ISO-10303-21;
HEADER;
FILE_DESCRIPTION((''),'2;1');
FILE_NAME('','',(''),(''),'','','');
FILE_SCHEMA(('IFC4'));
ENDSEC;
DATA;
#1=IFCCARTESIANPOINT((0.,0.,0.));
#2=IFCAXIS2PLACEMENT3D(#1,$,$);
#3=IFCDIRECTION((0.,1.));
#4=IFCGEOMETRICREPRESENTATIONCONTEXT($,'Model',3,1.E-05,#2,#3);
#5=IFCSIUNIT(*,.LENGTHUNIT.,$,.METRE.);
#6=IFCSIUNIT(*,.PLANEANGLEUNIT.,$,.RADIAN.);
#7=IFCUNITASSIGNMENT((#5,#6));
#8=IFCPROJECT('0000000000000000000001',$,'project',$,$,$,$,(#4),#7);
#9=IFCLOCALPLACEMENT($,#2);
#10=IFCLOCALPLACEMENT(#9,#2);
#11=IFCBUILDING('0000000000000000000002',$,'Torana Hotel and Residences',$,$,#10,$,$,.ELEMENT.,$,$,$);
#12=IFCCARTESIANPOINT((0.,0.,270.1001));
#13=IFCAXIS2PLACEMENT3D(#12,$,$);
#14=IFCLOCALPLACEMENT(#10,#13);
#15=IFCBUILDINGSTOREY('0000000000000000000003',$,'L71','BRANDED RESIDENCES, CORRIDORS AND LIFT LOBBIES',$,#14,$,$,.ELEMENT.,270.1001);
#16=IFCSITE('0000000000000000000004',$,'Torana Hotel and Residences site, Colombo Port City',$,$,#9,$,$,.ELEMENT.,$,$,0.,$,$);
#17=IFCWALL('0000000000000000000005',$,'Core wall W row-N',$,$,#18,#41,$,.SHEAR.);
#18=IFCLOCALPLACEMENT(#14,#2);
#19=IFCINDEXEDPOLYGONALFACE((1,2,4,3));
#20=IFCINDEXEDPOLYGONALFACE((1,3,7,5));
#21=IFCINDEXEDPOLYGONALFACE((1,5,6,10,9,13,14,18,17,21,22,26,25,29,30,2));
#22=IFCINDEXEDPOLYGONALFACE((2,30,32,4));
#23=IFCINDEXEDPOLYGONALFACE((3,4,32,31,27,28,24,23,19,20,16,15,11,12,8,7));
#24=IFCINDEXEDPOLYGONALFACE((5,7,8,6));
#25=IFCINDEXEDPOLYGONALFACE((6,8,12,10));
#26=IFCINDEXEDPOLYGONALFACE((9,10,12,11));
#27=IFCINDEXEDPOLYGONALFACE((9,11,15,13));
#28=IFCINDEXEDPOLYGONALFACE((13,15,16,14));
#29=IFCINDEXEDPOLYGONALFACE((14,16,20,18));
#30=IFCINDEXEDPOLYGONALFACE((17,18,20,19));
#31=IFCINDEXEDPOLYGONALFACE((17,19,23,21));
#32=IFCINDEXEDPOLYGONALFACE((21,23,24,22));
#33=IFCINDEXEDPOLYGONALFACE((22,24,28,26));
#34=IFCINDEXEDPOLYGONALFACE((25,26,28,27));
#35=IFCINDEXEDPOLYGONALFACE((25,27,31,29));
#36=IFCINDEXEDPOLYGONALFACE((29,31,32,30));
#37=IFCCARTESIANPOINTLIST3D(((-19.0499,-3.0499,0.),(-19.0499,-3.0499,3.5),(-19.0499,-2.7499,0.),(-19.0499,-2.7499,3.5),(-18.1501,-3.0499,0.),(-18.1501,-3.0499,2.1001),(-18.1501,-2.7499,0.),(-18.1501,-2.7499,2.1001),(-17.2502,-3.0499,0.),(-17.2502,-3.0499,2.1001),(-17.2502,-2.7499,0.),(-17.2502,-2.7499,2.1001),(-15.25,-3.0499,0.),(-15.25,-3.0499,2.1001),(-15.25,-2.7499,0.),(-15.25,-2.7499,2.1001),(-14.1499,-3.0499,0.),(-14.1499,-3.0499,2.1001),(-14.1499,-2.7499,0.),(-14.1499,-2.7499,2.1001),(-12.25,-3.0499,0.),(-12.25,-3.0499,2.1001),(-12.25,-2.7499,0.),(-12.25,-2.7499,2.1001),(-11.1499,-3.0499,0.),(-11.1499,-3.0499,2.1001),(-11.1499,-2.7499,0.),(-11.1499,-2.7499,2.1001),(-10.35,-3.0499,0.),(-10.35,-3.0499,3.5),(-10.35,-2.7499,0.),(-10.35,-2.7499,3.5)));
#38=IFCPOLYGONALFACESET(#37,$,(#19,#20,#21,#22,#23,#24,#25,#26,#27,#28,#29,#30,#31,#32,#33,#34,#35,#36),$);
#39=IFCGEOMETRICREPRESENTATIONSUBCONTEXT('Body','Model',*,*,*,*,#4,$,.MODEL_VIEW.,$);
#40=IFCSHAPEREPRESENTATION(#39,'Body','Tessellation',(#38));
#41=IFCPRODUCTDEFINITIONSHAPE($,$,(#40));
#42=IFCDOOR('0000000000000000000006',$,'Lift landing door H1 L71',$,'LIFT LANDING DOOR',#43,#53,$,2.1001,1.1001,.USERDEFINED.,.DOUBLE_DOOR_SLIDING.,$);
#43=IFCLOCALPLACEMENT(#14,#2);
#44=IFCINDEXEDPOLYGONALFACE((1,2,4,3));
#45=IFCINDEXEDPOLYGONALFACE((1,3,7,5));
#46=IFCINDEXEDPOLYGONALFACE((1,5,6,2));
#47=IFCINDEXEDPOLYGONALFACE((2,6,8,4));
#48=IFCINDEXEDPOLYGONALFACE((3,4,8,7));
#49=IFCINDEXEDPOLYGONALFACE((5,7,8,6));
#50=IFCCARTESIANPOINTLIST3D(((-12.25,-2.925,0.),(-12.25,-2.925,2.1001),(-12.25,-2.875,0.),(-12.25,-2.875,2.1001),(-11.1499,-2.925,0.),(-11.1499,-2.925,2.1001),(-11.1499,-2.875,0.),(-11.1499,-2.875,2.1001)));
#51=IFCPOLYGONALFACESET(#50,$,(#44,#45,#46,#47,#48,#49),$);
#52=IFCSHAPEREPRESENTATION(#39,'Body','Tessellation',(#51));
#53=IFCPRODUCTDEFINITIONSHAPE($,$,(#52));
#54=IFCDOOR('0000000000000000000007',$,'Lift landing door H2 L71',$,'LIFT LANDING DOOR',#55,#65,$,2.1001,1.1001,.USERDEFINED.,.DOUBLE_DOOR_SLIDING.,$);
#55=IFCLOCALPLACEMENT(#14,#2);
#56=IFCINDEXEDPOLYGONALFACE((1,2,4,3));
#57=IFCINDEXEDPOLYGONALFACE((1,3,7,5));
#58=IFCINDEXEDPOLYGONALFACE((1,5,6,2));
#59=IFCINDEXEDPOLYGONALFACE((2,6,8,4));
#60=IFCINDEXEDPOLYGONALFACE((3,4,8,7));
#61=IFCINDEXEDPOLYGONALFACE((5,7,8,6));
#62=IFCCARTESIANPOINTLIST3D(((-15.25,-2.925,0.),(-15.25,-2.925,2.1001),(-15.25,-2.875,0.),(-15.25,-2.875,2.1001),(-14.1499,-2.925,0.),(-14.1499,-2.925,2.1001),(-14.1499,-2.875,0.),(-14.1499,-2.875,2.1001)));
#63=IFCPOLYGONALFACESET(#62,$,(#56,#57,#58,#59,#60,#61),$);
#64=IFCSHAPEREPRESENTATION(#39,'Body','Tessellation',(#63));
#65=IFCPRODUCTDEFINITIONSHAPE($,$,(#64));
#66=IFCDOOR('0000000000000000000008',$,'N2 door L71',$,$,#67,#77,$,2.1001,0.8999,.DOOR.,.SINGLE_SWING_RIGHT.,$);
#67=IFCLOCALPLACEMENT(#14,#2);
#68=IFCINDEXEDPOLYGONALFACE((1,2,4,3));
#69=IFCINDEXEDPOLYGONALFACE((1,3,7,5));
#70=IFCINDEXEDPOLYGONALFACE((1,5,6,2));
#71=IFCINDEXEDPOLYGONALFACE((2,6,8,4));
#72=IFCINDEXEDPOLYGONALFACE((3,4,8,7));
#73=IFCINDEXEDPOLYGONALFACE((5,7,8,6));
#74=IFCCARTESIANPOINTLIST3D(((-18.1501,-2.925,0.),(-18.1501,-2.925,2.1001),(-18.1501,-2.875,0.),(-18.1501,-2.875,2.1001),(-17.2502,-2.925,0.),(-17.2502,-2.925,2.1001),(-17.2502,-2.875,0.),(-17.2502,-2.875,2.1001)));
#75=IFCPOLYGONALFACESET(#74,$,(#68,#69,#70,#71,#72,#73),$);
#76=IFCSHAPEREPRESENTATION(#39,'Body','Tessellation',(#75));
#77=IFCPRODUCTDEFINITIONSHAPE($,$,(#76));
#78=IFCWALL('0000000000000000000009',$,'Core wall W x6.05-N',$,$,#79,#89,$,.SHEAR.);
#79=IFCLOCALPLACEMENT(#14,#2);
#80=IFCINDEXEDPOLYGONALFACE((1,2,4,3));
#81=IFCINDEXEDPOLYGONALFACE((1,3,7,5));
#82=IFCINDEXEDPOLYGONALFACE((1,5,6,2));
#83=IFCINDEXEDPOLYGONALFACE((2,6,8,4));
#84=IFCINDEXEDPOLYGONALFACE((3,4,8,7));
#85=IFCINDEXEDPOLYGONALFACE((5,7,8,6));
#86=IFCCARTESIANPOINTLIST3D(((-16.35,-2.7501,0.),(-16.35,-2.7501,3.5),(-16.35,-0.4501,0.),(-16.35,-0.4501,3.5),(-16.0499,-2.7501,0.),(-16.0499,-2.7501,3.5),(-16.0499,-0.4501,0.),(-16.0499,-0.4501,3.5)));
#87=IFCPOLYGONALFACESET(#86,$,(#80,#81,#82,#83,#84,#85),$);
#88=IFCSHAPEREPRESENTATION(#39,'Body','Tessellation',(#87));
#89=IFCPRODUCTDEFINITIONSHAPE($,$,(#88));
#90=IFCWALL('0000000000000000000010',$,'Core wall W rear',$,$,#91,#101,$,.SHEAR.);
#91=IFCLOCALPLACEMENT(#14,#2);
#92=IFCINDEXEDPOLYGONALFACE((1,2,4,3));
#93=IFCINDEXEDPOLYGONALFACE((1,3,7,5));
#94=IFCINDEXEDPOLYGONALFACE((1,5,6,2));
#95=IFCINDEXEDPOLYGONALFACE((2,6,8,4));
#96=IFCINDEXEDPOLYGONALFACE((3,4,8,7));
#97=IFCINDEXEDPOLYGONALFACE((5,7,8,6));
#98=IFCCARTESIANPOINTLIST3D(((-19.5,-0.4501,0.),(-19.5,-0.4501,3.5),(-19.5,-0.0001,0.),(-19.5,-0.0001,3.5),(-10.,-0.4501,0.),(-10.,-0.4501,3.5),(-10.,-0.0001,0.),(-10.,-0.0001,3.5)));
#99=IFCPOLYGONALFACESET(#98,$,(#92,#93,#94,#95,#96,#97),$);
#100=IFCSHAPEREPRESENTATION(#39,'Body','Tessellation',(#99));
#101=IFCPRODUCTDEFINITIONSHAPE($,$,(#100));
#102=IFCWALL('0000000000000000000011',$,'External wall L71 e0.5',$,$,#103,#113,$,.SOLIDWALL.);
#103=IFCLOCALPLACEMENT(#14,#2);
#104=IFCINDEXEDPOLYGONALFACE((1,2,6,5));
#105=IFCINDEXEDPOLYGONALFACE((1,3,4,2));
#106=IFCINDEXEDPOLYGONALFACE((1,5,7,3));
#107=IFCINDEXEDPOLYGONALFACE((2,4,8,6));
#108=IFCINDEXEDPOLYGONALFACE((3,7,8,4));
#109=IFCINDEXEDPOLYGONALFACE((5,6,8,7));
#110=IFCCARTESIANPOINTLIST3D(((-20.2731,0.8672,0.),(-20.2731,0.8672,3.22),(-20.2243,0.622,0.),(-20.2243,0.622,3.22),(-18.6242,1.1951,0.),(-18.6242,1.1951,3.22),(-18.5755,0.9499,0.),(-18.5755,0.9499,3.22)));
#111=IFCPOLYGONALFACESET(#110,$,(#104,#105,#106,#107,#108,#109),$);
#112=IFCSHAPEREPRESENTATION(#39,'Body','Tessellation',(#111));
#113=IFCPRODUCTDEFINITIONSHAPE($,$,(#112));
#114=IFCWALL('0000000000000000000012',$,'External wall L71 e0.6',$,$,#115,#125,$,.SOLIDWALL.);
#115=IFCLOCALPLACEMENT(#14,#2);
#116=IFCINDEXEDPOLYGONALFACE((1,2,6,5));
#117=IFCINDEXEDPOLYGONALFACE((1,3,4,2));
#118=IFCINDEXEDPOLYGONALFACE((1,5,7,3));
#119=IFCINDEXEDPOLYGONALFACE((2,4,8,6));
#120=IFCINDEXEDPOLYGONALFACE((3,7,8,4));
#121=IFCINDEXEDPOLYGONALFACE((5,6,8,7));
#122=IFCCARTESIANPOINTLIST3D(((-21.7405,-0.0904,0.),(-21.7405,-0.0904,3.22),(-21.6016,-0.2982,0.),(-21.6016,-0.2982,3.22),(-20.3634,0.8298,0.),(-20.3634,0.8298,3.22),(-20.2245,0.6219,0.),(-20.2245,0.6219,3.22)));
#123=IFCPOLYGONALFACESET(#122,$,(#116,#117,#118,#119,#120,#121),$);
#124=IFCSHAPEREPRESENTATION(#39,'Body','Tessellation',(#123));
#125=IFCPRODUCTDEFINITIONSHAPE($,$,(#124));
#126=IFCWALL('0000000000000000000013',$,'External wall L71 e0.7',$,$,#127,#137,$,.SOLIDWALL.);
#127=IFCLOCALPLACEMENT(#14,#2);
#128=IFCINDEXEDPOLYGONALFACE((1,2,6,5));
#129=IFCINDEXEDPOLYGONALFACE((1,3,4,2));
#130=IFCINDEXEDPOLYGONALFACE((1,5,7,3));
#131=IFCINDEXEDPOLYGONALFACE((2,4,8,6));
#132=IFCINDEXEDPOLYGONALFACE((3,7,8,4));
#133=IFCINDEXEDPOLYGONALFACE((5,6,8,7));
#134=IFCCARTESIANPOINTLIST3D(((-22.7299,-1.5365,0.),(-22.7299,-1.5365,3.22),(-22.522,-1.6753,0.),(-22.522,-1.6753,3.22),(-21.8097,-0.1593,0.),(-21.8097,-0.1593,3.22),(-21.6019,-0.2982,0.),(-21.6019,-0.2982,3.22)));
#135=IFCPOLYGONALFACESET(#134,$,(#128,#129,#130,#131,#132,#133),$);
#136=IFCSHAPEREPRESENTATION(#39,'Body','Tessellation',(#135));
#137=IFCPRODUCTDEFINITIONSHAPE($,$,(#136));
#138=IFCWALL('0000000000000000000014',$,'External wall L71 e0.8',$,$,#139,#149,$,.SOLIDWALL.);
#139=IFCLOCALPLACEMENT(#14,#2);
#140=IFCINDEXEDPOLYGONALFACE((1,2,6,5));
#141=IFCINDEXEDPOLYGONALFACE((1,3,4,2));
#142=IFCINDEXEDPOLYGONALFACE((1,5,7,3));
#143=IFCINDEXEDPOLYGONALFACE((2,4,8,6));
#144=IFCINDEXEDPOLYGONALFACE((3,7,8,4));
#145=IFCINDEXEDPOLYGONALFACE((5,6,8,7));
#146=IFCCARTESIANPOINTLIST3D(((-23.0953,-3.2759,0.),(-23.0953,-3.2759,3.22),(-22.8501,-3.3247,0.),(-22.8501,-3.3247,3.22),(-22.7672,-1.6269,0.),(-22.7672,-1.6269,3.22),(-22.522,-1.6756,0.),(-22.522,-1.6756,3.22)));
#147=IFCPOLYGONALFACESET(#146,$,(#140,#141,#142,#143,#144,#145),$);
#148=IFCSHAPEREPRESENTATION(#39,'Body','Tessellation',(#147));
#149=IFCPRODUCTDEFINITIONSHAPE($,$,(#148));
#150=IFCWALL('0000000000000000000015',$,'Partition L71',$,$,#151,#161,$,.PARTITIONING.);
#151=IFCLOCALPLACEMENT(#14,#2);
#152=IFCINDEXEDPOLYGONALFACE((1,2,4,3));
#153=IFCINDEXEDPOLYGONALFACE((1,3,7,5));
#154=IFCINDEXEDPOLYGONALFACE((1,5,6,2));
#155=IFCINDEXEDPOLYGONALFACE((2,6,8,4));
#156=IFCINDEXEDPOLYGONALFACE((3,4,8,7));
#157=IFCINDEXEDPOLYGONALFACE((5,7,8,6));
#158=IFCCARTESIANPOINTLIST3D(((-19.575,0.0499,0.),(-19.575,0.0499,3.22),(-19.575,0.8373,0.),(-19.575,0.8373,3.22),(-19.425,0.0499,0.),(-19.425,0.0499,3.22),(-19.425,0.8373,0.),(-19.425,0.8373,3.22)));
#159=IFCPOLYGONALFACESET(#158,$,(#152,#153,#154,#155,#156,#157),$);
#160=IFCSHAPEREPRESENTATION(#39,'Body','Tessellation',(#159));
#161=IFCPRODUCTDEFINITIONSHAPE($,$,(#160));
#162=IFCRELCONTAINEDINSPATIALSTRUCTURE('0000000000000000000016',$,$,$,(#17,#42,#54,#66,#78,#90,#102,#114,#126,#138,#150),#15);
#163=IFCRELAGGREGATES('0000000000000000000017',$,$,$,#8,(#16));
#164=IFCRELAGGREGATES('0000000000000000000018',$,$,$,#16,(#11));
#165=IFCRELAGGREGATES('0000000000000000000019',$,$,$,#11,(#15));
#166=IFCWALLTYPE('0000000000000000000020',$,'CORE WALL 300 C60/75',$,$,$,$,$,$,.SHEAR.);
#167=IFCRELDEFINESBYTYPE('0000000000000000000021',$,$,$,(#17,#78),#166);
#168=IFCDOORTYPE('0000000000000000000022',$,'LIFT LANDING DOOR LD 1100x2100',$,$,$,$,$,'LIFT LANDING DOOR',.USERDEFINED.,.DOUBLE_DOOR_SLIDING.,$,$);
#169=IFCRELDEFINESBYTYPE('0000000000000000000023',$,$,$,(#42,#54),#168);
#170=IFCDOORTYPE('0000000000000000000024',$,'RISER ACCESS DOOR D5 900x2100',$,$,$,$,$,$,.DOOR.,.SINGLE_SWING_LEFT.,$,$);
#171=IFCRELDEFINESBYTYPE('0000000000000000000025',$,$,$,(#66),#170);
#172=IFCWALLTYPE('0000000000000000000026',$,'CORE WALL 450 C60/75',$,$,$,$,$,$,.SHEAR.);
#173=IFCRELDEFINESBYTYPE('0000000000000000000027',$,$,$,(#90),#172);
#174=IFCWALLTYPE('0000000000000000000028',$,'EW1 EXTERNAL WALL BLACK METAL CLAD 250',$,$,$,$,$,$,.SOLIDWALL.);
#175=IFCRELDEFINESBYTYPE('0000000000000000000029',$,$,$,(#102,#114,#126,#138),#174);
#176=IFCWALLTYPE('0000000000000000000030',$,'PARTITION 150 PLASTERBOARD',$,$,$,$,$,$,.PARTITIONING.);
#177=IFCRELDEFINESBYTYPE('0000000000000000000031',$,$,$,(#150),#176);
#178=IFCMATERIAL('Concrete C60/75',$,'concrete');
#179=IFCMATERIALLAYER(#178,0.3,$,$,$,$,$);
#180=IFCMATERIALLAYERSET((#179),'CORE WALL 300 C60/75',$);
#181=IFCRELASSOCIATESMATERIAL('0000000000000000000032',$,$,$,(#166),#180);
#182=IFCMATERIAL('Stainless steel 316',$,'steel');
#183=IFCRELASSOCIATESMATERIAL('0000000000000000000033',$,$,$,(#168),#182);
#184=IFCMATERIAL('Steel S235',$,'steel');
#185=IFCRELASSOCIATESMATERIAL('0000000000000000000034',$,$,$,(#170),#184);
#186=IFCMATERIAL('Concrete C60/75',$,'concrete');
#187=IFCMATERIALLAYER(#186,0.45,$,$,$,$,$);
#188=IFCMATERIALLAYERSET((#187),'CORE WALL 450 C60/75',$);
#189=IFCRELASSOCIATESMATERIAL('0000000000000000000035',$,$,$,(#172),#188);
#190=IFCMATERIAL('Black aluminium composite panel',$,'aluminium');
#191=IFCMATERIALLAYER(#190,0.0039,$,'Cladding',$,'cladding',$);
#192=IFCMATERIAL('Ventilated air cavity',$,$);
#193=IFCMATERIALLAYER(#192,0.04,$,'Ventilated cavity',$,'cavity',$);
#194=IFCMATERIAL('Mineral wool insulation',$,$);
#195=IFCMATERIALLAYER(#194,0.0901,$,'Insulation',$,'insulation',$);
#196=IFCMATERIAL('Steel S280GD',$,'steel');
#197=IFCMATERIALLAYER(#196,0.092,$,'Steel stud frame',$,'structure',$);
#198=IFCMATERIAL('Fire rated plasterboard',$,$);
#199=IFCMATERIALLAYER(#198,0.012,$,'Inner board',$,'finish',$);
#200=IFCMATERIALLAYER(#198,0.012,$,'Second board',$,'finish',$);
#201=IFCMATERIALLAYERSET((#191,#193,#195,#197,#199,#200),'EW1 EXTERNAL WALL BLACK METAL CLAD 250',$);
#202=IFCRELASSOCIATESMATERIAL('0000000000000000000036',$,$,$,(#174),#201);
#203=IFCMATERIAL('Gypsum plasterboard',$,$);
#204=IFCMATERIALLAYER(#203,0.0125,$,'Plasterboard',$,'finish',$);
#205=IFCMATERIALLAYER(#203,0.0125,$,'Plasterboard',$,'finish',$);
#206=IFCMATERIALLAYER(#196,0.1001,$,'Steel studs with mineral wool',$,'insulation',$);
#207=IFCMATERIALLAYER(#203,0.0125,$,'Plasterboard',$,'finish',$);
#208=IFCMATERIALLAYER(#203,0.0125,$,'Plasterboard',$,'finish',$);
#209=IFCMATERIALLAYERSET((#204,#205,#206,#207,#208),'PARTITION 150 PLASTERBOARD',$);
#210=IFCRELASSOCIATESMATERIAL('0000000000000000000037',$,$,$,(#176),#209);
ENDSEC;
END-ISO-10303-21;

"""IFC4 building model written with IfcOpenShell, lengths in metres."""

from ifc_helpers import new_model, si_unit, direction, frame, frame_2d, origin, place, context, subcontext, project, spatial, rectangle, extrude, material, layer, layer_set, type_object, element, fill, save


model = new_model("IFC4")

# Units and contexts
model_context = context("Model", 3, precision=1e-05, world=origin(), true_north=direction((0.0, 1.0)))
body_context = subcontext(model_context, "Body", "Model", "MODEL_VIEW")
ifc_project = project(units=[si_unit("LENGTHUNIT", "METRE"), si_unit("PLANEANGLEUNIT", "RADIAN")], contexts=[model_context])

# Site, building, storey
site_placement = place(None, origin())
site = spatial("IfcSite", under=ifc_project, at=site_placement, Name="Torana Hotel and Residences site, Colombo Port City", CompositionType="ELEMENT", RefElevation=0.0)
building_placement = place(site_placement, origin())
building = spatial("IfcBuilding", under=site, at=building_placement, Name="Torana Hotel and Residences", CompositionType="ELEMENT")
storey_placement = place(building_placement, frame((0.0, 0.0, 270.1001)))
storey = spatial("IfcBuildingStorey", under=building, at=storey_placement, Name="L71", Description="BRANDED RESIDENCES, CORRIDORS AND LIFT LOBBIES", CompositionType="ELEMENT", Elevation=270.1001)

# Wall, openings, doors
ifc_material_1 = material(Name="Concrete C60/75", Category="concrete")
ifc_layer_1 = layer(ifc_material_1, 0.3)
ifc_layer_set_1 = layer_set([ifc_layer_1], Name="CORE WALL 300 C60/75")
wall_type_1 = type_object("IfcWallType", Name="CORE WALL 300 C60/75", PredefinedType="SHEAR", material=ifc_layer_set_1)
wall_1_placement = place(storey_placement, frame((-19.05, -2.8999, 0.0), z_axis=(0.0, 0.0, 1.0), x_axis=(1.0, 0.0, 0.0)))
wall_1 = element("IfcWall", 1, at=wall_1_placement, inside=storey, type_object=wall_type_1, Name="Core wall W row-N", PredefinedType="SHEAR", context=body_context, shape_type="SweptSolid", body=[
    extrude(rectangle(XDim=8.7, YDim=0.3, at=frame_2d((4.3501, 0.0))), origin(), (0.0, 0.0, 1.0), 3.5),
])
opening_1_placement = place(wall_1_placement, frame((6.8, 0.0, 0.0)))
opening_1 = element("IfcOpeningElement", 2, at=opening_1_placement, cuts=wall_1, PredefinedType="OPENING", context=body_context, shape_type="SweptSolid", body=[
    extrude(rectangle(XDim=1.1001, YDim=2.1001, at=frame_2d((0.55, 1.05))), frame((0.0, 0.1599, 0.0), z_axis=(0.0, -1.0, 0.0), x_axis=(1.0, 0.0, 0.0)), (0.0, 0.0, 1.0), 0.3201),
])
opening_2_placement = place(wall_1_placement, frame((3.8, 0.0, 0.0)))
opening_2 = element("IfcOpeningElement", 3, at=opening_2_placement, cuts=wall_1, PredefinedType="OPENING", context=body_context, shape_type="SweptSolid", body=[
    extrude(rectangle(XDim=1.1001, YDim=2.1001, at=frame_2d((0.55, 1.05))), frame((0.0, 0.1599, 0.0), z_axis=(0.0, -1.0, 0.0), x_axis=(1.0, 0.0, 0.0)), (0.0, 0.0, 1.0), 0.3201),
])
opening_3_placement = place(wall_1_placement, frame((0.8999, 0.0, 0.0)))
opening_3 = element("IfcOpeningElement", 4, at=opening_3_placement, cuts=wall_1, PredefinedType="OPENING", context=body_context, shape_type="SweptSolid", body=[
    extrude(rectangle(XDim=0.8999, YDim=2.1001, at=frame_2d((0.45, 1.05))), frame((0.0, 0.1599, 0.0), z_axis=(0.0, -1.0, 0.0), x_axis=(1.0, 0.0, 0.0)), (0.0, 0.0, 1.0), 0.3201),
])
ifc_material_2 = material(Name="Stainless steel 316", Category="steel")
door_type_1 = type_object("IfcDoorType", Name="LIFT LANDING DOOR LD 1100x2100", ElementType="LIFT LANDING DOOR", OperationType="DOUBLE_DOOR_SLIDING", PredefinedType="USERDEFINED", material=ifc_material_2)
door_1_placement = place(opening_1_placement, origin())
door_1 = element("IfcDoor", 5, at=door_1_placement, inside=storey, type_object=door_type_1, Name="Lift landing door H1 L71", ObjectType="LIFT LANDING DOOR", OperationType="DOUBLE_DOOR_SLIDING", OverallHeight=2.1001, OverallWidth=1.1001, PredefinedType="USERDEFINED", context=body_context, shape_type="SweptSolid", body=[
    extrude(rectangle(XDim=1.1001, YDim=2.1001, at=frame_2d((0.55, 1.05))), frame((0.0, 0.0249, 0.0), z_axis=(0.0, -1.0, 0.0), x_axis=(1.0, 0.0, 0.0)), (0.0, 0.0, 1.0), 0.05),
])
fill(opening_1, door_1)
door_2_placement = place(opening_2_placement, origin())
door_2 = element("IfcDoor", 6, at=door_2_placement, inside=storey, type_object=door_type_1, Name="Lift landing door H2 L71", ObjectType="LIFT LANDING DOOR", OperationType="DOUBLE_DOOR_SLIDING", OverallHeight=2.1001, OverallWidth=1.1001, PredefinedType="USERDEFINED", context=body_context, shape_type="SweptSolid", body=[
    extrude(rectangle(XDim=1.1001, YDim=2.1001, at=frame_2d((0.55, 1.05))), frame((0.0, 0.0249, 0.0), z_axis=(0.0, -1.0, 0.0), x_axis=(1.0, 0.0, 0.0)), (0.0, 0.0, 1.0), 0.05),
])
fill(opening_2, door_2)
ifc_material_3 = material(Name="Steel S235", Category="steel")
door_type_2 = type_object("IfcDoorType", Name="RISER ACCESS DOOR D5 900x2100", OperationType="SINGLE_SWING_LEFT", PredefinedType="DOOR", material=ifc_material_3)
door_3_placement = place(opening_3_placement, origin())
door_3 = element("IfcDoor", 7, at=door_3_placement, inside=storey, type_object=door_type_2, Name="N2 door L71", OperationType="SINGLE_SWING_RIGHT", OverallHeight=2.1001, OverallWidth=0.8999, PredefinedType="DOOR", context=body_context, shape_type="SweptSolid", body=[
    extrude(rectangle(XDim=0.8999, YDim=2.1001, at=frame_2d((0.45, 1.05))), frame((0.0, 0.0249, 0.0), z_axis=(0.0, -1.0, 0.0), x_axis=(1.0, 0.0, 0.0)), (0.0, 0.0, 1.0), 0.05),
])
fill(opening_3, door_3)

# Walls
wall_2_placement = place(storey_placement, frame((-16.2, -2.75, 0.0), z_axis=(0.0, 0.0, 1.0), x_axis=(0.0, 1.0, 0.0)))
element("IfcWall", 8, at=wall_2_placement, inside=storey, type_object=wall_type_1, Name="Core wall W x6.05-N", PredefinedType="SHEAR", context=body_context, shape_type="SweptSolid", body=[
    extrude(rectangle(XDim=2.3, YDim=0.3, at=frame_2d((1.1499, 0.0))), origin(), (0.0, 0.0, 1.0), 3.5),
])
ifc_material_4 = material(Name="Concrete C60/75", Category="concrete")
ifc_layer_2 = layer(ifc_material_4, 0.45)
ifc_layer_set_2 = layer_set([ifc_layer_2], Name="CORE WALL 450 C60/75")
wall_type_2 = type_object("IfcWallType", Name="CORE WALL 450 C60/75", PredefinedType="SHEAR", material=ifc_layer_set_2)
wall_3_placement = place(storey_placement, frame((-19.5, -0.2251, 0.0), z_axis=(0.0, 0.0, 1.0), x_axis=(1.0, 0.0, 0.0)))
element("IfcWall", 9, at=wall_3_placement, inside=storey, type_object=wall_type_2, Name="Core wall W rear", PredefinedType="SHEAR", context=body_context, shape_type="SweptSolid", body=[
    extrude(rectangle(XDim=9.5, YDim=0.45, at=frame_2d((4.75, 0.0))), origin(), (0.0, 0.0, 1.0), 3.5),
])
ifc_material_5 = material(Name="Black aluminium composite panel", Category="aluminium")
ifc_layer_3 = layer(ifc_material_5, 0.0039, Name="Cladding", Category="cladding")
ifc_material_6 = material(Name="Ventilated air cavity")
ifc_layer_4 = layer(ifc_material_6, 0.04, Name="Ventilated cavity", Category="cavity")
ifc_material_7 = material(Name="Mineral wool insulation")
ifc_layer_5 = layer(ifc_material_7, 0.0901, Name="Insulation", Category="insulation")
ifc_material_8 = material(Name="Steel S280GD", Category="steel")
ifc_layer_6 = layer(ifc_material_8, 0.092, Name="Steel stud frame", Category="structure")
ifc_material_9 = material(Name="Fire rated plasterboard")
ifc_layer_7 = layer(ifc_material_9, 0.012, Name="Inner board", Category="finish")
ifc_layer_8 = layer(ifc_material_9, 0.012, Name="Second board", Category="finish")
ifc_layer_set_3 = layer_set([ifc_layer_3, ifc_layer_4, ifc_layer_5, ifc_layer_6, ifc_layer_7, ifc_layer_8], Name="EW1 EXTERNAL WALL BLACK METAL CLAD 250")
wall_type_3 = type_object("IfcWallType", Name="EW1 EXTERNAL WALL BLACK METAL CLAD 250", PredefinedType="SOLIDWALL", material=ifc_layer_set_3)
wall_4_placement = place(storey_placement, frame((-18.5999, 1.0725, 0.0), z_axis=(0.0, 0.0, 1.0), x_axis=(-0.980798, -0.195027, 0.0)))
element("IfcWall", 10, at=wall_4_placement, inside=storey, type_object=wall_type_3, Name="External wall L71 e0.5", PredefinedType="SOLIDWALL", context=body_context, shape_type="SweptSolid", body=[
    extrude(rectangle(XDim=1.6812, YDim=0.25, at=frame_2d((0.8406, 0.0))), origin(), (0.0, 0.0, 1.0), 3.22),
])
for number, where, z_axis, x_axis, name in (
    (11, (-20.2939, 0.7258, 0.0), (0.0, 0.0, 1.0), (-0.831483, -0.55555, 0.0), "External wall L71 e0.6"),
    (12, (-21.7058, -0.2288, 0.0), (0.0, 0.0, 1.0), (-0.55555, -0.831483, 0.0), "External wall L71 e0.7"),
):
    element("IfcWall", number, at=place(storey_placement, frame(where, z_axis=z_axis, x_axis=x_axis)), inside=storey, type_object=wall_type_3, Name=name, PredefinedType="SOLIDWALL", context=body_context, shape_type="SweptSolid", body=[
        extrude(rectangle(XDim=1.6562, YDim=0.25, at=frame_2d((0.8281, 0.0))), origin(), (0.0, 0.0, 1.0), 3.22),
    ])
wall_5_placement = place(storey_placement, frame((-22.6445, -1.6511, 0.0), z_axis=(0.0, 0.0, 1.0), x_axis=(-0.195139, -0.980776, 0.0)))
element("IfcWall", 13, at=wall_5_placement, inside=storey, type_object=wall_type_3, Name="External wall L71 e0.8", PredefinedType="SOLIDWALL", context=body_context, shape_type="SweptSolid", body=[
    extrude(rectangle(XDim=1.6814, YDim=0.25, at=frame_2d((0.8408, 0.0))), origin(), (0.0, 0.0, 1.0), 3.22),
])

# Wall
ifc_material_10 = material(Name="Gypsum plasterboard")
ifc_layer_9 = layer(ifc_material_10, 0.0125, Name="Plasterboard", Category="finish")
ifc_layer_10 = layer(ifc_material_10, 0.0125, Name="Plasterboard", Category="finish")
ifc_layer_11 = layer(ifc_material_8, 0.1001, Name="Steel studs with mineral wool", Category="insulation")
ifc_layer_12 = layer(ifc_material_10, 0.0125, Name="Plasterboard", Category="finish")
ifc_layer_13 = layer(ifc_material_10, 0.0125, Name="Plasterboard", Category="finish")
ifc_layer_set_4 = layer_set([ifc_layer_9, ifc_layer_10, ifc_layer_11, ifc_layer_12, ifc_layer_13], Name="PARTITION 150 PLASTERBOARD")
wall_type_4 = type_object("IfcWallType", Name="PARTITION 150 PLASTERBOARD", PredefinedType="PARTITIONING", material=ifc_layer_set_4)
wall_6_placement = place(storey_placement, frame((-19.5, 0.05, 0.0), z_axis=(0.0, 0.0, 1.0), x_axis=(0.0, 1.0, 0.0)))
element("IfcWall", 14, at=wall_6_placement, inside=storey, type_object=wall_type_4, Name="Partition L71", PredefinedType="PARTITIONING", context=body_context, shape_type="SweptSolid", body=[
    extrude(rectangle(XDim=0.7874, YDim=0.1499, at=frame_2d((0.3936, 0.0))), origin(), (0.0, 0.0, 1.0), 3.22),
])

save(model, "model.ifc")
